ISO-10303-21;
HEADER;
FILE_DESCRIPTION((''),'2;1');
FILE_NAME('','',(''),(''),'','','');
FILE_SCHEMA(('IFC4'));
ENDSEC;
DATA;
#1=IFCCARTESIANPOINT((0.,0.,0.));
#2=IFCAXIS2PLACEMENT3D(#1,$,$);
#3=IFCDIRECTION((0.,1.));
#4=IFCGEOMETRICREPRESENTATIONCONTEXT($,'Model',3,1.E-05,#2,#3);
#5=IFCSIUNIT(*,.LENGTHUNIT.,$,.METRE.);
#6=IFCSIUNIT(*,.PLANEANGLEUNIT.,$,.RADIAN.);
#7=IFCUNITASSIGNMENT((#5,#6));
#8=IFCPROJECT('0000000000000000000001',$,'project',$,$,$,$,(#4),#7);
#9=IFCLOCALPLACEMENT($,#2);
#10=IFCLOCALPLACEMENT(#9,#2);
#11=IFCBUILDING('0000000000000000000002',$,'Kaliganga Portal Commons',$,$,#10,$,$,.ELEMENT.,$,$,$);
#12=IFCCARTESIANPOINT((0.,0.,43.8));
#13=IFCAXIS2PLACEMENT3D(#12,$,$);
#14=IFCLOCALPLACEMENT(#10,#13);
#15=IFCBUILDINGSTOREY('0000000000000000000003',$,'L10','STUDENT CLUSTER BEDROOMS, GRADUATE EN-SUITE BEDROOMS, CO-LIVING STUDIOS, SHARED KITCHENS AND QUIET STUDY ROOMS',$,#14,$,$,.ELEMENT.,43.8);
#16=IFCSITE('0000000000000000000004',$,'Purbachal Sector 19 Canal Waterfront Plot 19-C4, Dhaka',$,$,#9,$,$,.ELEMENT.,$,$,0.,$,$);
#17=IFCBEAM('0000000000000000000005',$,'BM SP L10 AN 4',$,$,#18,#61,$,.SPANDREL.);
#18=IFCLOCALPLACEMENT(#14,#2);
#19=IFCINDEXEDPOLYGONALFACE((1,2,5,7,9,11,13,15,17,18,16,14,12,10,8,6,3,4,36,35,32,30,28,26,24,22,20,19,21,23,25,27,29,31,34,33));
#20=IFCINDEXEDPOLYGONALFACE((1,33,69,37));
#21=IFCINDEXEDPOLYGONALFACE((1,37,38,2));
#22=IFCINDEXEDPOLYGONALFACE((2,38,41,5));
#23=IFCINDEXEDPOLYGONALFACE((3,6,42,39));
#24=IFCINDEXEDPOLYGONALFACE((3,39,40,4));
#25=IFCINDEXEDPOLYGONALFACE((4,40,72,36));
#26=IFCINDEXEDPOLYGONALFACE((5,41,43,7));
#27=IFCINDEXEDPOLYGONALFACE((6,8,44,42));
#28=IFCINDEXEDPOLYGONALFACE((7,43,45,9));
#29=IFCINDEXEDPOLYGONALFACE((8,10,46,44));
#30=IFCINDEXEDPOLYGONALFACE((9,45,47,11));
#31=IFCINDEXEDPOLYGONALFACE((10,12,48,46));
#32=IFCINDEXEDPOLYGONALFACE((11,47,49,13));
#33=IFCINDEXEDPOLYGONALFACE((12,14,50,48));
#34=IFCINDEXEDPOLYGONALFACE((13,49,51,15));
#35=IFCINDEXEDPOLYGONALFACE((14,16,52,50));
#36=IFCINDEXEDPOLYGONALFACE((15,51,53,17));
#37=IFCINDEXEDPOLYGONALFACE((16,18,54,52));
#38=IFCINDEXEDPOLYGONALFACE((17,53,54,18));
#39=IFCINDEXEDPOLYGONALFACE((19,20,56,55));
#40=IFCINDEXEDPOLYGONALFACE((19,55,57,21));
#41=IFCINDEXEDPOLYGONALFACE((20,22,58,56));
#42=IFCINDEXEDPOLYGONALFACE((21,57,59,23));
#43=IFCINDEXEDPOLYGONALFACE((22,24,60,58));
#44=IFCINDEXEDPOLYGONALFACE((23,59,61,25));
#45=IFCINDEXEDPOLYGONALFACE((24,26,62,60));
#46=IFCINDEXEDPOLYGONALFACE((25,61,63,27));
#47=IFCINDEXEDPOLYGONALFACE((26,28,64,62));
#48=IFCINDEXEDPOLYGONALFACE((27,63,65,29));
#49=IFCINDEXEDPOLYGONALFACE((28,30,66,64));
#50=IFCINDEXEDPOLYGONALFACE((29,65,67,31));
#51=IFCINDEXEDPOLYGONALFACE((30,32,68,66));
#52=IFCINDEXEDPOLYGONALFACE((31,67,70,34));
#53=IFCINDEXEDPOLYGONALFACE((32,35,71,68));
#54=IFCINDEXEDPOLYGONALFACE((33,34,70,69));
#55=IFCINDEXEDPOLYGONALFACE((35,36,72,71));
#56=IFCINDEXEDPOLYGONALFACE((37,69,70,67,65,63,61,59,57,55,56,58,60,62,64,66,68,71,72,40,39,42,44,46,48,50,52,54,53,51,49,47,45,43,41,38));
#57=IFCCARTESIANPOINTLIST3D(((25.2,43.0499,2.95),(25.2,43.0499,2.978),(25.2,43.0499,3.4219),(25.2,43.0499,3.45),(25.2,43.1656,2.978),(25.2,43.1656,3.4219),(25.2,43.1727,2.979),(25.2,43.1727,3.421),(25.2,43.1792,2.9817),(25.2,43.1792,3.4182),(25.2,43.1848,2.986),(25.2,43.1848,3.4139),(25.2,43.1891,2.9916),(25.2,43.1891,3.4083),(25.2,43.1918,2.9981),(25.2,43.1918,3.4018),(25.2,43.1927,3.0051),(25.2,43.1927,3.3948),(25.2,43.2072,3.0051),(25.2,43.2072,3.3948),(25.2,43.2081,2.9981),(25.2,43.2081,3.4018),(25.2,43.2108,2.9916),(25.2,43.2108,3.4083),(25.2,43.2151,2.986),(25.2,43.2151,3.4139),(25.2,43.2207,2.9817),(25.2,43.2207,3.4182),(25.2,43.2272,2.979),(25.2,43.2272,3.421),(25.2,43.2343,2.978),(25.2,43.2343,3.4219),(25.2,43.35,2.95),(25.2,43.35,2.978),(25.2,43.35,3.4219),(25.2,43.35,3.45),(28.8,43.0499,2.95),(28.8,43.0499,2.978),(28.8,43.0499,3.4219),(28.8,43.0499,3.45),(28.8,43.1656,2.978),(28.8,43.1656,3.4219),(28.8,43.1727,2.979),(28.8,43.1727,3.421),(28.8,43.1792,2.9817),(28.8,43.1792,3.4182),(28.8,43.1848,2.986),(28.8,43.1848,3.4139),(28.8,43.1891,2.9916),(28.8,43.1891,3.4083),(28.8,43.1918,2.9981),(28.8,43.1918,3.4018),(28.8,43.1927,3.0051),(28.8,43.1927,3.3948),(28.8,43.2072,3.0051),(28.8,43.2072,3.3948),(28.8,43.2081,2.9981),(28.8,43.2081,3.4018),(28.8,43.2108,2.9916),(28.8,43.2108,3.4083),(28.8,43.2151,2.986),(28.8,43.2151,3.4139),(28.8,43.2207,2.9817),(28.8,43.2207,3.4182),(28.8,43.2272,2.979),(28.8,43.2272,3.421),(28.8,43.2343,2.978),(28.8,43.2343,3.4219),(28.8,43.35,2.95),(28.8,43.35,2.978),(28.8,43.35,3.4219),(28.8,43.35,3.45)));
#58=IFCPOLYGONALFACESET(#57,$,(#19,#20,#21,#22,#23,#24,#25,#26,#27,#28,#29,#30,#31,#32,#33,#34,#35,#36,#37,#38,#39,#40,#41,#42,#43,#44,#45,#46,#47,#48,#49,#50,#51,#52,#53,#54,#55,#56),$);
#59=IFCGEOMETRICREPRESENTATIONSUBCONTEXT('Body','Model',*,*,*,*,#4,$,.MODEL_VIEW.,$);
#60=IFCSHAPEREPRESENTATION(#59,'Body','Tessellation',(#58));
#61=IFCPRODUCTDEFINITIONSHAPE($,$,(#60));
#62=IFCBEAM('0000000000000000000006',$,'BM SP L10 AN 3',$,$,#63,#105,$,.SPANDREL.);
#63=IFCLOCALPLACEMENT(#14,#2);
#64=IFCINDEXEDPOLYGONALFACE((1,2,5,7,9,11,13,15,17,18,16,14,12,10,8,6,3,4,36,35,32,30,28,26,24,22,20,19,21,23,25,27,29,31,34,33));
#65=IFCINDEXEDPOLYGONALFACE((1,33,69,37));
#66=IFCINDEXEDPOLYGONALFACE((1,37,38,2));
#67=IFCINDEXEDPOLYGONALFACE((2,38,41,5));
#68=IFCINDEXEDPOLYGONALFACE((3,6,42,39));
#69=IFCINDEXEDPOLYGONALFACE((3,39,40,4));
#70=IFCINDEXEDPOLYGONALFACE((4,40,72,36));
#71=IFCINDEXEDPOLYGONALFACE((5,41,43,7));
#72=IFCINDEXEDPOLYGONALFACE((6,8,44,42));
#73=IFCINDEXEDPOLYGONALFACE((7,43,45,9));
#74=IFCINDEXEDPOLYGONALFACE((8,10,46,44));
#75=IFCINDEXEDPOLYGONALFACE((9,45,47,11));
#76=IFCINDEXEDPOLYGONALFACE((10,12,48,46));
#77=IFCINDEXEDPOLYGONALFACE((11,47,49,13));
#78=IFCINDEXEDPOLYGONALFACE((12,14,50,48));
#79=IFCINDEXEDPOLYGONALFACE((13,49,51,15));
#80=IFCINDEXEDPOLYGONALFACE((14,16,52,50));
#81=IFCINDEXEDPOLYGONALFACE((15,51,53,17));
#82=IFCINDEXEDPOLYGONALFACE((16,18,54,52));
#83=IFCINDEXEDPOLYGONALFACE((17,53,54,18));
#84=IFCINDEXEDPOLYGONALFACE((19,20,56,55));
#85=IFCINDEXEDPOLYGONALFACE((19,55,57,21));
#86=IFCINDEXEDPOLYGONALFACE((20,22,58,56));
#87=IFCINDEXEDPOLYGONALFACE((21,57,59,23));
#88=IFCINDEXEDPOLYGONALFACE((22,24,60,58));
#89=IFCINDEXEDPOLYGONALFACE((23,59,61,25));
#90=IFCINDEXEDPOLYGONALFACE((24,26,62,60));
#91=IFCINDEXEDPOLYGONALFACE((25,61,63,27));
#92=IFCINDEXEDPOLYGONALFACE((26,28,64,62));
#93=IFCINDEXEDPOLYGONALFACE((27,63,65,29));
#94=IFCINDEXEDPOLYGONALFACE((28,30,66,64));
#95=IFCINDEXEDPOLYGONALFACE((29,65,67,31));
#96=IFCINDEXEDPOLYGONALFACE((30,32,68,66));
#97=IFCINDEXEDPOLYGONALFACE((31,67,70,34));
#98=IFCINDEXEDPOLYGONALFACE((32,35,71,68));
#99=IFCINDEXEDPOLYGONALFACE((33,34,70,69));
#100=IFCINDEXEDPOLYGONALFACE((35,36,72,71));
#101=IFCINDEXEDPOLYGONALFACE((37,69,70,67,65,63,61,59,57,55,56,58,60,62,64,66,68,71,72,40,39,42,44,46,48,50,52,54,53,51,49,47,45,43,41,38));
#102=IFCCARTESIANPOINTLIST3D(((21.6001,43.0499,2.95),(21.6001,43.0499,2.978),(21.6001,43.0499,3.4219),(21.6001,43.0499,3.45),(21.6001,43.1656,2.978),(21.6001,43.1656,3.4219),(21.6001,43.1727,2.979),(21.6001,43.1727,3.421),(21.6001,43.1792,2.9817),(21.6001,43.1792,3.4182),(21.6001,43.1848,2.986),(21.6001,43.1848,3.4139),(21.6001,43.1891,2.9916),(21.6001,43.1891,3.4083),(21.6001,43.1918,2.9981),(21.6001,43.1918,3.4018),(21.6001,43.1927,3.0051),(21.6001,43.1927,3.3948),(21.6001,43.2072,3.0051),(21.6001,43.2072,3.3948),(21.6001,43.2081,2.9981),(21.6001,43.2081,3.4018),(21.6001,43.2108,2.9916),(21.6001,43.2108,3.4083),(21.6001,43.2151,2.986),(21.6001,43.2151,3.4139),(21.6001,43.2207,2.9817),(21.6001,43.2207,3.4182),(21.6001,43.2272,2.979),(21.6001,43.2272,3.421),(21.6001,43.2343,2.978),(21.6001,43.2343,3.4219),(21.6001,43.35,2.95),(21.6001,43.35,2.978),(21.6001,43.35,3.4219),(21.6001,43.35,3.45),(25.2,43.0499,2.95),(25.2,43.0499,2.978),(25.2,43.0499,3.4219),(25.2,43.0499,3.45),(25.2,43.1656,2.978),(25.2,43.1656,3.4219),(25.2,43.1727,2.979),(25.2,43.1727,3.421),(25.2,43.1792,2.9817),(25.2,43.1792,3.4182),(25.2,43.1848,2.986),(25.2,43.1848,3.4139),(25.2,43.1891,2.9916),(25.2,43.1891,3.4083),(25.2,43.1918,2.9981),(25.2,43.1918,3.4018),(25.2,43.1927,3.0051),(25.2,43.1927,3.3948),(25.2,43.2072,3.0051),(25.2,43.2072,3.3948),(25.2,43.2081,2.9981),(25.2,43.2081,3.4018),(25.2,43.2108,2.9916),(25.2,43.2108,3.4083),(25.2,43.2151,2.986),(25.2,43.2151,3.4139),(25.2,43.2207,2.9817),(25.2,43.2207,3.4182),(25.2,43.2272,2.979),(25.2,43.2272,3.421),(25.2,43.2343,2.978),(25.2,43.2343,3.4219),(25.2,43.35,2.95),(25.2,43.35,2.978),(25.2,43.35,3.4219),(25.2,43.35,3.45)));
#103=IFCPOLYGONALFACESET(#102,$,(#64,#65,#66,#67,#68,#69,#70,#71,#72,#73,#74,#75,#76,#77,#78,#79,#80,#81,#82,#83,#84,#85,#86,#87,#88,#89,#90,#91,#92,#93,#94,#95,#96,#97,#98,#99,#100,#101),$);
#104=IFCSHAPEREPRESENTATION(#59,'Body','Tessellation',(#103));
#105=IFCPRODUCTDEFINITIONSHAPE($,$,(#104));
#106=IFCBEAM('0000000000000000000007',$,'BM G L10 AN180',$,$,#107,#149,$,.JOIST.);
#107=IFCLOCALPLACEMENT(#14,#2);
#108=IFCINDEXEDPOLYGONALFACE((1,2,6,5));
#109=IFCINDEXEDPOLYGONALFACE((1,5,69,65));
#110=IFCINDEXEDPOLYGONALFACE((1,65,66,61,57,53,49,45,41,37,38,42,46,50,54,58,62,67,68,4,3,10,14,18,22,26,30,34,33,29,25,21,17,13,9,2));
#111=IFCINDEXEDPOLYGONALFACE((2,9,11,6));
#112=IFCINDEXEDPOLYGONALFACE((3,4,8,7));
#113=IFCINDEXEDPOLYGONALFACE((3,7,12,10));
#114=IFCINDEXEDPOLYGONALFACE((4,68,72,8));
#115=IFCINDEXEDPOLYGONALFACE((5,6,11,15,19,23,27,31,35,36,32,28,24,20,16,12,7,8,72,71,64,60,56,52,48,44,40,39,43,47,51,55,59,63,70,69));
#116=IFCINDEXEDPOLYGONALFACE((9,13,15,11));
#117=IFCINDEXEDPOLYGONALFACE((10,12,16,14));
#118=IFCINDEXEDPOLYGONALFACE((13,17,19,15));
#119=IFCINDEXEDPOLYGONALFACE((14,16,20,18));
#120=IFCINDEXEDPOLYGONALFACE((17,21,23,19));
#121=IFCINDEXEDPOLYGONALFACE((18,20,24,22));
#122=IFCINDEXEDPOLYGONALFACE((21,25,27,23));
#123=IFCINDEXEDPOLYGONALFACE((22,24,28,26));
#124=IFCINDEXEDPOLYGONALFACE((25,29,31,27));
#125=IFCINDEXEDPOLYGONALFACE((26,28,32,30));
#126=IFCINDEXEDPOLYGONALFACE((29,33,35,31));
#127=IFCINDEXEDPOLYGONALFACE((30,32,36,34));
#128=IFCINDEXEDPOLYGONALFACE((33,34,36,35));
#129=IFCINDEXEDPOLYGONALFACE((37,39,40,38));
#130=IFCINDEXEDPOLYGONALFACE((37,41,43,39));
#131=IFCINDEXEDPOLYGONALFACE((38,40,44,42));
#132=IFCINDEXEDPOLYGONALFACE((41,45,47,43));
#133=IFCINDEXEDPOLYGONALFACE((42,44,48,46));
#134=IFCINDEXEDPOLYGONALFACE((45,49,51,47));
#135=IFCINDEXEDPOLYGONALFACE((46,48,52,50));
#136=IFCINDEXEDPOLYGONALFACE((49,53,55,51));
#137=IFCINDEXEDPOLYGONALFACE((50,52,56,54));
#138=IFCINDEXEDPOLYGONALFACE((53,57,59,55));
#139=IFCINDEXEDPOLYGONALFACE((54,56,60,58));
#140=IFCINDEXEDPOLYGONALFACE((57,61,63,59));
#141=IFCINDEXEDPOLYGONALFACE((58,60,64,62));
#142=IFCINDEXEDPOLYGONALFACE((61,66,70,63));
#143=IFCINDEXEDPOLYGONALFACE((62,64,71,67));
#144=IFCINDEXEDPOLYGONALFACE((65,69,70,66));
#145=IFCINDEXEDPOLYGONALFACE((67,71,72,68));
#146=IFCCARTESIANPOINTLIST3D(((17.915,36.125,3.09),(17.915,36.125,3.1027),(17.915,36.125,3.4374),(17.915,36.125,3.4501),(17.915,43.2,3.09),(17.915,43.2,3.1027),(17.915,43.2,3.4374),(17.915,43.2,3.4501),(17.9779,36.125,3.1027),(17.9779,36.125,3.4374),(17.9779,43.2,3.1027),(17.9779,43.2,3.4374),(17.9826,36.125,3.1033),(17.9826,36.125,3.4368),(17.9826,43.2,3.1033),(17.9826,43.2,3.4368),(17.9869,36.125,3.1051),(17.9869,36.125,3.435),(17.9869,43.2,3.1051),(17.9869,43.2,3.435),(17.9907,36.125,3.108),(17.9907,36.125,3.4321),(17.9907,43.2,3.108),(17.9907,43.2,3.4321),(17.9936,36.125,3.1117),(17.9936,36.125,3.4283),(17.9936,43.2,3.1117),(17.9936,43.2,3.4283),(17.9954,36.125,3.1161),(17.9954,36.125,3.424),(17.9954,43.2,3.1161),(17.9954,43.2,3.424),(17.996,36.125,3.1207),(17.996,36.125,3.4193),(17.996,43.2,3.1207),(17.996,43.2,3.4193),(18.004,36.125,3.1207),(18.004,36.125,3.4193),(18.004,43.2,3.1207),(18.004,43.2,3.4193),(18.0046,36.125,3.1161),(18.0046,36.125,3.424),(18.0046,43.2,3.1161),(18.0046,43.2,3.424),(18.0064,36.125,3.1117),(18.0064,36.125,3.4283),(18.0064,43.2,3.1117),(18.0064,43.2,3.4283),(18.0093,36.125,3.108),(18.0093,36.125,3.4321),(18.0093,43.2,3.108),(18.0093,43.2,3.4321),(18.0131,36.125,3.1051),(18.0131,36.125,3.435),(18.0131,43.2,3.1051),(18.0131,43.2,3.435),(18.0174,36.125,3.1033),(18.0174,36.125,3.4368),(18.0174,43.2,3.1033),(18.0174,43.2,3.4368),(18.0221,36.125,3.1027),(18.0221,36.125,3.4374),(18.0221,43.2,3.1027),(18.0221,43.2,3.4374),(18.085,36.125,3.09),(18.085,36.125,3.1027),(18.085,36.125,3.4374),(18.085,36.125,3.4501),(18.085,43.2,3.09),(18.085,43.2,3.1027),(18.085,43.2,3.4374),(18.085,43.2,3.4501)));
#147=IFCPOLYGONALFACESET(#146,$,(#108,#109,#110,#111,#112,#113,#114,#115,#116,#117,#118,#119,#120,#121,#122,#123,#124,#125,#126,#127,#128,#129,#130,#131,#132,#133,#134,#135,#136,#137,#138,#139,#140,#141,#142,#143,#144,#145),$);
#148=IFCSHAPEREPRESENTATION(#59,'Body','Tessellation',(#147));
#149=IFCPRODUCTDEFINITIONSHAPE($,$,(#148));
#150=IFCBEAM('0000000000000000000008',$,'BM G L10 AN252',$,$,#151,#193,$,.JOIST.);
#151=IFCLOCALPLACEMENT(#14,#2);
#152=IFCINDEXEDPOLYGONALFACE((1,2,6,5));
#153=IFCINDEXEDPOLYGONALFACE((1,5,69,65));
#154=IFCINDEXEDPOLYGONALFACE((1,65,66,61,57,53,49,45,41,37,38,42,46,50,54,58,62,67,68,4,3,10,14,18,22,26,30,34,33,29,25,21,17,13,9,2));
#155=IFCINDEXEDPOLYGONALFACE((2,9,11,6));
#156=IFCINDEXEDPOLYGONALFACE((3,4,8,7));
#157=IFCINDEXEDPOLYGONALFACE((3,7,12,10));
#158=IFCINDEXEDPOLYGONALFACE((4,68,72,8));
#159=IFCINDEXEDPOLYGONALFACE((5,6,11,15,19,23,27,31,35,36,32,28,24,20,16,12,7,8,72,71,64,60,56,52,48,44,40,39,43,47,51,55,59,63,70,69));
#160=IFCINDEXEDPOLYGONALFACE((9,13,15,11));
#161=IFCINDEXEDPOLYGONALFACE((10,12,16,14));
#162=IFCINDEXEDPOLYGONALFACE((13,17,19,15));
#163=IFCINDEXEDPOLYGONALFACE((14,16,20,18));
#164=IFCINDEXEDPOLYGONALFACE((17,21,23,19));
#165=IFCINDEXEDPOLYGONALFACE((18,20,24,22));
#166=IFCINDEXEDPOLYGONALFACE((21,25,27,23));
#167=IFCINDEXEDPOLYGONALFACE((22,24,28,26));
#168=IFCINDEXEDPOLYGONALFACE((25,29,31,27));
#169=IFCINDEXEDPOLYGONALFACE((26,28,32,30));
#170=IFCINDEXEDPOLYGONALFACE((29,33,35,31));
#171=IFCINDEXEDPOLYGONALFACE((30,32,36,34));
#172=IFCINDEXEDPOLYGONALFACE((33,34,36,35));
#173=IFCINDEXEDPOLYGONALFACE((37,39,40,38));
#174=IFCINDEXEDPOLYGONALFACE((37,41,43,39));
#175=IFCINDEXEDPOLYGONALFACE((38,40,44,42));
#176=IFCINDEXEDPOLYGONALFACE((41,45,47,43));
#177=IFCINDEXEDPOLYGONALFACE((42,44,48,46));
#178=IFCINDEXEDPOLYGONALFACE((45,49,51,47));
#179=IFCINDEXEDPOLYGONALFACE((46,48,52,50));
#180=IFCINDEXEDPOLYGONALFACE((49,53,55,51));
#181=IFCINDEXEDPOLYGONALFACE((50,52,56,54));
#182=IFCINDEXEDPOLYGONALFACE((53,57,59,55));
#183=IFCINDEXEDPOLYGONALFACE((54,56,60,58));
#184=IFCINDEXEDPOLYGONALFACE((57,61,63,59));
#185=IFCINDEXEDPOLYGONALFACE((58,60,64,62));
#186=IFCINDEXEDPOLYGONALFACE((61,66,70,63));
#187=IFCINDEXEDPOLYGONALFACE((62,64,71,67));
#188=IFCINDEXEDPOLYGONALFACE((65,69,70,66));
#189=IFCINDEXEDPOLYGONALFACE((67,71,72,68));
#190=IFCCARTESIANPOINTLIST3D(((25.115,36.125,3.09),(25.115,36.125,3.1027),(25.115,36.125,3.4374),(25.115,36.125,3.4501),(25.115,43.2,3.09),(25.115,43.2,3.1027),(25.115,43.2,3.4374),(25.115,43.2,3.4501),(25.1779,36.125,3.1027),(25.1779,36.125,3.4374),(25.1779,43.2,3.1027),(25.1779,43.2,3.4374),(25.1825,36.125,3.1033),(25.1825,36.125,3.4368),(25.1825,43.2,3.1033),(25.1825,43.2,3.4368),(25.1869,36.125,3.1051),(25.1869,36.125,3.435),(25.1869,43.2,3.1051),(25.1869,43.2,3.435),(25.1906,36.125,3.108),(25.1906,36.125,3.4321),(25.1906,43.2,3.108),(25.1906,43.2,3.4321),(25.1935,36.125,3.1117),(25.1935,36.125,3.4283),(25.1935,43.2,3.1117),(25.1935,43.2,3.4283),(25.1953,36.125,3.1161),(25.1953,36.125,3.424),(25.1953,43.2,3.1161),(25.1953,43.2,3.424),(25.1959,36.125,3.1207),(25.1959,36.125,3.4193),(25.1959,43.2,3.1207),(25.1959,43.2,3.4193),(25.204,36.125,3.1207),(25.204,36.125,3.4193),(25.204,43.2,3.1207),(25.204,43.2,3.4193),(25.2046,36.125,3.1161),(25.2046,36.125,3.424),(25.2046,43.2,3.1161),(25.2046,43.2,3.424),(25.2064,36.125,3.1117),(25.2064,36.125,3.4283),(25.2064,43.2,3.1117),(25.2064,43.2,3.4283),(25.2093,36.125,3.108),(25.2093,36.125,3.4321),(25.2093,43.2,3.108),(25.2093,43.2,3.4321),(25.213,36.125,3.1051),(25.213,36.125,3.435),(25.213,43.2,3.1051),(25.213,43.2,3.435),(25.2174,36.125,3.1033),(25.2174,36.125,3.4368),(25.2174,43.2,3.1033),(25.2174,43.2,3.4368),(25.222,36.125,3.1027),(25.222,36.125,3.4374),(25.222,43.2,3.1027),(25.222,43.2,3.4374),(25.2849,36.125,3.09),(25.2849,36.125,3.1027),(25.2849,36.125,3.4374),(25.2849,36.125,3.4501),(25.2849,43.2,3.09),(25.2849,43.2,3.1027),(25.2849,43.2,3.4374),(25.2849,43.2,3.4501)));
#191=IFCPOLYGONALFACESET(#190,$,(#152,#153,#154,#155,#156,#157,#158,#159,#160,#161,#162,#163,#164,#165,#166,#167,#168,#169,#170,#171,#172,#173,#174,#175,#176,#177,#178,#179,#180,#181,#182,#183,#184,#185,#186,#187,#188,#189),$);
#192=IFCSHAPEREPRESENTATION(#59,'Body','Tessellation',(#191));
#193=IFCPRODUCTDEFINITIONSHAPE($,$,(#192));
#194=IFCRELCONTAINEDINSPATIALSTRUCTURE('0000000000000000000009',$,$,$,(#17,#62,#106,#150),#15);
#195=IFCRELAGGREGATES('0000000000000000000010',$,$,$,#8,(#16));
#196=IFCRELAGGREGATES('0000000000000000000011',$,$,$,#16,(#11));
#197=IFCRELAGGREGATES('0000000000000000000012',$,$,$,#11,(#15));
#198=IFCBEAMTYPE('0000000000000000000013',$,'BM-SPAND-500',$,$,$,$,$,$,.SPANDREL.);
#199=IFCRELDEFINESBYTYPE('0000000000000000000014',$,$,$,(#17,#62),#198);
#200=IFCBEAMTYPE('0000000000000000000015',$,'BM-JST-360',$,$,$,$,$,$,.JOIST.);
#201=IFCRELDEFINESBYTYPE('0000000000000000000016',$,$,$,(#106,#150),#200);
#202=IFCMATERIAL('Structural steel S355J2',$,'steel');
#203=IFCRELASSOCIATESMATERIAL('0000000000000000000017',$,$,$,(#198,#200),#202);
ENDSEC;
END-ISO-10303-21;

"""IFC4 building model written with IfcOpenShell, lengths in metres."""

from ifc_helpers import new_model, si_unit, direction, frame, origin, origin_2d, place, context, subcontext, project, spatial, i_section, extrude, source, transform, mapped, material, material_profile, profile_set, type_object, element, save


model = new_model("IFC4")

# Units and contexts
model_context = context("Model", 3, precision=1e-05, world=origin(), true_north=direction((0.0, 1.0)))
body_context = subcontext(model_context, "Body", "Model", "MODEL_VIEW")
ifc_project = project(units=[si_unit("LENGTHUNIT", "METRE"), si_unit("PLANEANGLEUNIT", "RADIAN")], contexts=[model_context])

# Site, building, storey
site_placement = place(None, origin())
site = spatial("IfcSite", under=ifc_project, at=site_placement, Name="Purbachal Sector 19 Canal Waterfront Plot 19-C4, Dhaka", CompositionType="ELEMENT", RefElevation=0.0)
building_placement = place(site_placement, origin())
building = spatial("IfcBuilding", under=site, at=building_placement, Name="Kaliganga Portal Commons", CompositionType="ELEMENT")
storey_placement = place(building_placement, frame((0.0, 0.0, 43.8)))
storey = spatial("IfcBuildingStorey", under=building, at=storey_placement, Name="L10", Description="STUDENT CLUSTER BEDROOMS, GRADUATE EN-SUITE BEDROOMS, CO-LIVING STUDIOS, SHARED KITCHENS AND QUIET STUDY ROOMS", CompositionType="ELEMENT", Elevation=43.8)

# Beams
ifc_material_1 = material(Name="Structural steel S355J2", Category="steel")
ifc_material_profile_1 = material_profile(ifc_material_1, i_section(OverallWidth=0.3, OverallDepth=0.5, WebThickness=0.0144, FlangeThickness=0.0281, FilletRadius=0.0271, at=origin_2d()), Name="HE 500 B")
ifc_profile_set_1 = profile_set([ifc_material_profile_1], Name="Structural steel S355J2 wide-flange")
beam_type_1 = type_object("IfcBeamType", Name="BM-SPAND-500", PredefinedType="SPANDREL", material=ifc_profile_set_1)
shared_shape_1 = source(origin(), body_context, "Body", "SweptSolid", [
    extrude(i_section(OverallWidth=0.3, OverallDepth=0.5, WebThickness=0.0144, FlangeThickness=0.0281, FilletRadius=0.0271, at=origin_2d()), origin(), (0.0, 0.0, 1.0), 3.6001),
])
for number, where, z_axis, x_axis, name in (
    (1, (25.2, 43.2, 3.2), (1.0, 0.0, 0.0), (0.0, 1.0, 0.0), "BM SP L10 AN 4"),
):
    element("IfcBeam", number, at=place(storey_placement, frame(where, z_axis=z_axis, x_axis=x_axis)), inside=storey, type_object=beam_type_1, Name=name, PredefinedType="SPANDREL", context=body_context, shape_type="MappedRepresentation", body=[
        mapped(shared_shape_1, transform((0.0, 0.0, 0.0), x_axis=(1.0, 0.0, 0.0), y_axis=(0.0, 1.0, 0.0), z_axis=(0.0, 0.0, 1.0), scale=1.0)),
    ])
shared_shape_2 = source(origin(), body_context, "Body", "SweptSolid", [
    extrude(i_section(OverallWidth=0.3, OverallDepth=0.5, WebThickness=0.0144, FlangeThickness=0.0281, FilletRadius=0.0271, at=origin_2d()), origin(), (0.0, 0.0, 1.0), 3.5999),
])
beam_1_placement = place(storey_placement, frame((21.6001, 43.2, 3.2), z_axis=(1.0, 0.0, 0.0), x_axis=(0.0, 1.0, 0.0)))
element("IfcBeam", 2, at=beam_1_placement, inside=storey, type_object=beam_type_1, Name="BM SP L10 AN 3", PredefinedType="SPANDREL", context=body_context, shape_type="MappedRepresentation", body=[
    mapped(shared_shape_2, transform((0.0, 0.0, 0.0), x_axis=(1.0, 0.0, 0.0), y_axis=(0.0, 1.0, 0.0), z_axis=(0.0, 0.0, 1.0), scale=1.0)),
])
ifc_material_profile_2 = material_profile(ifc_material_1, i_section(OverallWidth=0.1699, OverallDepth=0.3601, WebThickness=0.0081, FlangeThickness=0.0127, FilletRadius=0.0181, at=origin_2d()), Name="IPE 360")
ifc_profile_set_2 = profile_set([ifc_material_profile_2], Name="Structural steel S355J2 wide-flange")
beam_type_2 = type_object("IfcBeamType", Name="BM-JST-360", PredefinedType="JOIST", material=ifc_profile_set_2)
shared_shape_3 = source(origin(), body_context, "Body", "SweptSolid", [
    extrude(i_section(OverallWidth=0.1699, OverallDepth=0.3601, WebThickness=0.0081, FlangeThickness=0.0127, FilletRadius=0.0181, at=origin_2d()), origin(), (0.0, 0.0, 1.0), 7.075),
])
for number, where, z_axis, x_axis, name in (
    (3, (18.0, 36.125, 3.27), (0.0, 1.0, 0.0), (-1.0, 0.0, 0.0), "BM G L10 AN180"),
    (4, (25.2, 36.125, 3.27), (0.0, 1.0, 0.0), (-1.0, 0.0, 0.0), "BM G L10 AN252"),
):
    element("IfcBeam", number, at=place(storey_placement, frame(where, z_axis=z_axis, x_axis=x_axis)), inside=storey, type_object=beam_type_2, Name=name, PredefinedType="JOIST", context=body_context, shape_type="MappedRepresentation", body=[
        mapped(shared_shape_3, transform((0.0, 0.0, 0.0), x_axis=(1.0, 0.0, 0.0), y_axis=(0.0, 1.0, 0.0), z_axis=(0.0, 0.0, 1.0), scale=1.0)),
    ])

save(model, "model.ifc")
